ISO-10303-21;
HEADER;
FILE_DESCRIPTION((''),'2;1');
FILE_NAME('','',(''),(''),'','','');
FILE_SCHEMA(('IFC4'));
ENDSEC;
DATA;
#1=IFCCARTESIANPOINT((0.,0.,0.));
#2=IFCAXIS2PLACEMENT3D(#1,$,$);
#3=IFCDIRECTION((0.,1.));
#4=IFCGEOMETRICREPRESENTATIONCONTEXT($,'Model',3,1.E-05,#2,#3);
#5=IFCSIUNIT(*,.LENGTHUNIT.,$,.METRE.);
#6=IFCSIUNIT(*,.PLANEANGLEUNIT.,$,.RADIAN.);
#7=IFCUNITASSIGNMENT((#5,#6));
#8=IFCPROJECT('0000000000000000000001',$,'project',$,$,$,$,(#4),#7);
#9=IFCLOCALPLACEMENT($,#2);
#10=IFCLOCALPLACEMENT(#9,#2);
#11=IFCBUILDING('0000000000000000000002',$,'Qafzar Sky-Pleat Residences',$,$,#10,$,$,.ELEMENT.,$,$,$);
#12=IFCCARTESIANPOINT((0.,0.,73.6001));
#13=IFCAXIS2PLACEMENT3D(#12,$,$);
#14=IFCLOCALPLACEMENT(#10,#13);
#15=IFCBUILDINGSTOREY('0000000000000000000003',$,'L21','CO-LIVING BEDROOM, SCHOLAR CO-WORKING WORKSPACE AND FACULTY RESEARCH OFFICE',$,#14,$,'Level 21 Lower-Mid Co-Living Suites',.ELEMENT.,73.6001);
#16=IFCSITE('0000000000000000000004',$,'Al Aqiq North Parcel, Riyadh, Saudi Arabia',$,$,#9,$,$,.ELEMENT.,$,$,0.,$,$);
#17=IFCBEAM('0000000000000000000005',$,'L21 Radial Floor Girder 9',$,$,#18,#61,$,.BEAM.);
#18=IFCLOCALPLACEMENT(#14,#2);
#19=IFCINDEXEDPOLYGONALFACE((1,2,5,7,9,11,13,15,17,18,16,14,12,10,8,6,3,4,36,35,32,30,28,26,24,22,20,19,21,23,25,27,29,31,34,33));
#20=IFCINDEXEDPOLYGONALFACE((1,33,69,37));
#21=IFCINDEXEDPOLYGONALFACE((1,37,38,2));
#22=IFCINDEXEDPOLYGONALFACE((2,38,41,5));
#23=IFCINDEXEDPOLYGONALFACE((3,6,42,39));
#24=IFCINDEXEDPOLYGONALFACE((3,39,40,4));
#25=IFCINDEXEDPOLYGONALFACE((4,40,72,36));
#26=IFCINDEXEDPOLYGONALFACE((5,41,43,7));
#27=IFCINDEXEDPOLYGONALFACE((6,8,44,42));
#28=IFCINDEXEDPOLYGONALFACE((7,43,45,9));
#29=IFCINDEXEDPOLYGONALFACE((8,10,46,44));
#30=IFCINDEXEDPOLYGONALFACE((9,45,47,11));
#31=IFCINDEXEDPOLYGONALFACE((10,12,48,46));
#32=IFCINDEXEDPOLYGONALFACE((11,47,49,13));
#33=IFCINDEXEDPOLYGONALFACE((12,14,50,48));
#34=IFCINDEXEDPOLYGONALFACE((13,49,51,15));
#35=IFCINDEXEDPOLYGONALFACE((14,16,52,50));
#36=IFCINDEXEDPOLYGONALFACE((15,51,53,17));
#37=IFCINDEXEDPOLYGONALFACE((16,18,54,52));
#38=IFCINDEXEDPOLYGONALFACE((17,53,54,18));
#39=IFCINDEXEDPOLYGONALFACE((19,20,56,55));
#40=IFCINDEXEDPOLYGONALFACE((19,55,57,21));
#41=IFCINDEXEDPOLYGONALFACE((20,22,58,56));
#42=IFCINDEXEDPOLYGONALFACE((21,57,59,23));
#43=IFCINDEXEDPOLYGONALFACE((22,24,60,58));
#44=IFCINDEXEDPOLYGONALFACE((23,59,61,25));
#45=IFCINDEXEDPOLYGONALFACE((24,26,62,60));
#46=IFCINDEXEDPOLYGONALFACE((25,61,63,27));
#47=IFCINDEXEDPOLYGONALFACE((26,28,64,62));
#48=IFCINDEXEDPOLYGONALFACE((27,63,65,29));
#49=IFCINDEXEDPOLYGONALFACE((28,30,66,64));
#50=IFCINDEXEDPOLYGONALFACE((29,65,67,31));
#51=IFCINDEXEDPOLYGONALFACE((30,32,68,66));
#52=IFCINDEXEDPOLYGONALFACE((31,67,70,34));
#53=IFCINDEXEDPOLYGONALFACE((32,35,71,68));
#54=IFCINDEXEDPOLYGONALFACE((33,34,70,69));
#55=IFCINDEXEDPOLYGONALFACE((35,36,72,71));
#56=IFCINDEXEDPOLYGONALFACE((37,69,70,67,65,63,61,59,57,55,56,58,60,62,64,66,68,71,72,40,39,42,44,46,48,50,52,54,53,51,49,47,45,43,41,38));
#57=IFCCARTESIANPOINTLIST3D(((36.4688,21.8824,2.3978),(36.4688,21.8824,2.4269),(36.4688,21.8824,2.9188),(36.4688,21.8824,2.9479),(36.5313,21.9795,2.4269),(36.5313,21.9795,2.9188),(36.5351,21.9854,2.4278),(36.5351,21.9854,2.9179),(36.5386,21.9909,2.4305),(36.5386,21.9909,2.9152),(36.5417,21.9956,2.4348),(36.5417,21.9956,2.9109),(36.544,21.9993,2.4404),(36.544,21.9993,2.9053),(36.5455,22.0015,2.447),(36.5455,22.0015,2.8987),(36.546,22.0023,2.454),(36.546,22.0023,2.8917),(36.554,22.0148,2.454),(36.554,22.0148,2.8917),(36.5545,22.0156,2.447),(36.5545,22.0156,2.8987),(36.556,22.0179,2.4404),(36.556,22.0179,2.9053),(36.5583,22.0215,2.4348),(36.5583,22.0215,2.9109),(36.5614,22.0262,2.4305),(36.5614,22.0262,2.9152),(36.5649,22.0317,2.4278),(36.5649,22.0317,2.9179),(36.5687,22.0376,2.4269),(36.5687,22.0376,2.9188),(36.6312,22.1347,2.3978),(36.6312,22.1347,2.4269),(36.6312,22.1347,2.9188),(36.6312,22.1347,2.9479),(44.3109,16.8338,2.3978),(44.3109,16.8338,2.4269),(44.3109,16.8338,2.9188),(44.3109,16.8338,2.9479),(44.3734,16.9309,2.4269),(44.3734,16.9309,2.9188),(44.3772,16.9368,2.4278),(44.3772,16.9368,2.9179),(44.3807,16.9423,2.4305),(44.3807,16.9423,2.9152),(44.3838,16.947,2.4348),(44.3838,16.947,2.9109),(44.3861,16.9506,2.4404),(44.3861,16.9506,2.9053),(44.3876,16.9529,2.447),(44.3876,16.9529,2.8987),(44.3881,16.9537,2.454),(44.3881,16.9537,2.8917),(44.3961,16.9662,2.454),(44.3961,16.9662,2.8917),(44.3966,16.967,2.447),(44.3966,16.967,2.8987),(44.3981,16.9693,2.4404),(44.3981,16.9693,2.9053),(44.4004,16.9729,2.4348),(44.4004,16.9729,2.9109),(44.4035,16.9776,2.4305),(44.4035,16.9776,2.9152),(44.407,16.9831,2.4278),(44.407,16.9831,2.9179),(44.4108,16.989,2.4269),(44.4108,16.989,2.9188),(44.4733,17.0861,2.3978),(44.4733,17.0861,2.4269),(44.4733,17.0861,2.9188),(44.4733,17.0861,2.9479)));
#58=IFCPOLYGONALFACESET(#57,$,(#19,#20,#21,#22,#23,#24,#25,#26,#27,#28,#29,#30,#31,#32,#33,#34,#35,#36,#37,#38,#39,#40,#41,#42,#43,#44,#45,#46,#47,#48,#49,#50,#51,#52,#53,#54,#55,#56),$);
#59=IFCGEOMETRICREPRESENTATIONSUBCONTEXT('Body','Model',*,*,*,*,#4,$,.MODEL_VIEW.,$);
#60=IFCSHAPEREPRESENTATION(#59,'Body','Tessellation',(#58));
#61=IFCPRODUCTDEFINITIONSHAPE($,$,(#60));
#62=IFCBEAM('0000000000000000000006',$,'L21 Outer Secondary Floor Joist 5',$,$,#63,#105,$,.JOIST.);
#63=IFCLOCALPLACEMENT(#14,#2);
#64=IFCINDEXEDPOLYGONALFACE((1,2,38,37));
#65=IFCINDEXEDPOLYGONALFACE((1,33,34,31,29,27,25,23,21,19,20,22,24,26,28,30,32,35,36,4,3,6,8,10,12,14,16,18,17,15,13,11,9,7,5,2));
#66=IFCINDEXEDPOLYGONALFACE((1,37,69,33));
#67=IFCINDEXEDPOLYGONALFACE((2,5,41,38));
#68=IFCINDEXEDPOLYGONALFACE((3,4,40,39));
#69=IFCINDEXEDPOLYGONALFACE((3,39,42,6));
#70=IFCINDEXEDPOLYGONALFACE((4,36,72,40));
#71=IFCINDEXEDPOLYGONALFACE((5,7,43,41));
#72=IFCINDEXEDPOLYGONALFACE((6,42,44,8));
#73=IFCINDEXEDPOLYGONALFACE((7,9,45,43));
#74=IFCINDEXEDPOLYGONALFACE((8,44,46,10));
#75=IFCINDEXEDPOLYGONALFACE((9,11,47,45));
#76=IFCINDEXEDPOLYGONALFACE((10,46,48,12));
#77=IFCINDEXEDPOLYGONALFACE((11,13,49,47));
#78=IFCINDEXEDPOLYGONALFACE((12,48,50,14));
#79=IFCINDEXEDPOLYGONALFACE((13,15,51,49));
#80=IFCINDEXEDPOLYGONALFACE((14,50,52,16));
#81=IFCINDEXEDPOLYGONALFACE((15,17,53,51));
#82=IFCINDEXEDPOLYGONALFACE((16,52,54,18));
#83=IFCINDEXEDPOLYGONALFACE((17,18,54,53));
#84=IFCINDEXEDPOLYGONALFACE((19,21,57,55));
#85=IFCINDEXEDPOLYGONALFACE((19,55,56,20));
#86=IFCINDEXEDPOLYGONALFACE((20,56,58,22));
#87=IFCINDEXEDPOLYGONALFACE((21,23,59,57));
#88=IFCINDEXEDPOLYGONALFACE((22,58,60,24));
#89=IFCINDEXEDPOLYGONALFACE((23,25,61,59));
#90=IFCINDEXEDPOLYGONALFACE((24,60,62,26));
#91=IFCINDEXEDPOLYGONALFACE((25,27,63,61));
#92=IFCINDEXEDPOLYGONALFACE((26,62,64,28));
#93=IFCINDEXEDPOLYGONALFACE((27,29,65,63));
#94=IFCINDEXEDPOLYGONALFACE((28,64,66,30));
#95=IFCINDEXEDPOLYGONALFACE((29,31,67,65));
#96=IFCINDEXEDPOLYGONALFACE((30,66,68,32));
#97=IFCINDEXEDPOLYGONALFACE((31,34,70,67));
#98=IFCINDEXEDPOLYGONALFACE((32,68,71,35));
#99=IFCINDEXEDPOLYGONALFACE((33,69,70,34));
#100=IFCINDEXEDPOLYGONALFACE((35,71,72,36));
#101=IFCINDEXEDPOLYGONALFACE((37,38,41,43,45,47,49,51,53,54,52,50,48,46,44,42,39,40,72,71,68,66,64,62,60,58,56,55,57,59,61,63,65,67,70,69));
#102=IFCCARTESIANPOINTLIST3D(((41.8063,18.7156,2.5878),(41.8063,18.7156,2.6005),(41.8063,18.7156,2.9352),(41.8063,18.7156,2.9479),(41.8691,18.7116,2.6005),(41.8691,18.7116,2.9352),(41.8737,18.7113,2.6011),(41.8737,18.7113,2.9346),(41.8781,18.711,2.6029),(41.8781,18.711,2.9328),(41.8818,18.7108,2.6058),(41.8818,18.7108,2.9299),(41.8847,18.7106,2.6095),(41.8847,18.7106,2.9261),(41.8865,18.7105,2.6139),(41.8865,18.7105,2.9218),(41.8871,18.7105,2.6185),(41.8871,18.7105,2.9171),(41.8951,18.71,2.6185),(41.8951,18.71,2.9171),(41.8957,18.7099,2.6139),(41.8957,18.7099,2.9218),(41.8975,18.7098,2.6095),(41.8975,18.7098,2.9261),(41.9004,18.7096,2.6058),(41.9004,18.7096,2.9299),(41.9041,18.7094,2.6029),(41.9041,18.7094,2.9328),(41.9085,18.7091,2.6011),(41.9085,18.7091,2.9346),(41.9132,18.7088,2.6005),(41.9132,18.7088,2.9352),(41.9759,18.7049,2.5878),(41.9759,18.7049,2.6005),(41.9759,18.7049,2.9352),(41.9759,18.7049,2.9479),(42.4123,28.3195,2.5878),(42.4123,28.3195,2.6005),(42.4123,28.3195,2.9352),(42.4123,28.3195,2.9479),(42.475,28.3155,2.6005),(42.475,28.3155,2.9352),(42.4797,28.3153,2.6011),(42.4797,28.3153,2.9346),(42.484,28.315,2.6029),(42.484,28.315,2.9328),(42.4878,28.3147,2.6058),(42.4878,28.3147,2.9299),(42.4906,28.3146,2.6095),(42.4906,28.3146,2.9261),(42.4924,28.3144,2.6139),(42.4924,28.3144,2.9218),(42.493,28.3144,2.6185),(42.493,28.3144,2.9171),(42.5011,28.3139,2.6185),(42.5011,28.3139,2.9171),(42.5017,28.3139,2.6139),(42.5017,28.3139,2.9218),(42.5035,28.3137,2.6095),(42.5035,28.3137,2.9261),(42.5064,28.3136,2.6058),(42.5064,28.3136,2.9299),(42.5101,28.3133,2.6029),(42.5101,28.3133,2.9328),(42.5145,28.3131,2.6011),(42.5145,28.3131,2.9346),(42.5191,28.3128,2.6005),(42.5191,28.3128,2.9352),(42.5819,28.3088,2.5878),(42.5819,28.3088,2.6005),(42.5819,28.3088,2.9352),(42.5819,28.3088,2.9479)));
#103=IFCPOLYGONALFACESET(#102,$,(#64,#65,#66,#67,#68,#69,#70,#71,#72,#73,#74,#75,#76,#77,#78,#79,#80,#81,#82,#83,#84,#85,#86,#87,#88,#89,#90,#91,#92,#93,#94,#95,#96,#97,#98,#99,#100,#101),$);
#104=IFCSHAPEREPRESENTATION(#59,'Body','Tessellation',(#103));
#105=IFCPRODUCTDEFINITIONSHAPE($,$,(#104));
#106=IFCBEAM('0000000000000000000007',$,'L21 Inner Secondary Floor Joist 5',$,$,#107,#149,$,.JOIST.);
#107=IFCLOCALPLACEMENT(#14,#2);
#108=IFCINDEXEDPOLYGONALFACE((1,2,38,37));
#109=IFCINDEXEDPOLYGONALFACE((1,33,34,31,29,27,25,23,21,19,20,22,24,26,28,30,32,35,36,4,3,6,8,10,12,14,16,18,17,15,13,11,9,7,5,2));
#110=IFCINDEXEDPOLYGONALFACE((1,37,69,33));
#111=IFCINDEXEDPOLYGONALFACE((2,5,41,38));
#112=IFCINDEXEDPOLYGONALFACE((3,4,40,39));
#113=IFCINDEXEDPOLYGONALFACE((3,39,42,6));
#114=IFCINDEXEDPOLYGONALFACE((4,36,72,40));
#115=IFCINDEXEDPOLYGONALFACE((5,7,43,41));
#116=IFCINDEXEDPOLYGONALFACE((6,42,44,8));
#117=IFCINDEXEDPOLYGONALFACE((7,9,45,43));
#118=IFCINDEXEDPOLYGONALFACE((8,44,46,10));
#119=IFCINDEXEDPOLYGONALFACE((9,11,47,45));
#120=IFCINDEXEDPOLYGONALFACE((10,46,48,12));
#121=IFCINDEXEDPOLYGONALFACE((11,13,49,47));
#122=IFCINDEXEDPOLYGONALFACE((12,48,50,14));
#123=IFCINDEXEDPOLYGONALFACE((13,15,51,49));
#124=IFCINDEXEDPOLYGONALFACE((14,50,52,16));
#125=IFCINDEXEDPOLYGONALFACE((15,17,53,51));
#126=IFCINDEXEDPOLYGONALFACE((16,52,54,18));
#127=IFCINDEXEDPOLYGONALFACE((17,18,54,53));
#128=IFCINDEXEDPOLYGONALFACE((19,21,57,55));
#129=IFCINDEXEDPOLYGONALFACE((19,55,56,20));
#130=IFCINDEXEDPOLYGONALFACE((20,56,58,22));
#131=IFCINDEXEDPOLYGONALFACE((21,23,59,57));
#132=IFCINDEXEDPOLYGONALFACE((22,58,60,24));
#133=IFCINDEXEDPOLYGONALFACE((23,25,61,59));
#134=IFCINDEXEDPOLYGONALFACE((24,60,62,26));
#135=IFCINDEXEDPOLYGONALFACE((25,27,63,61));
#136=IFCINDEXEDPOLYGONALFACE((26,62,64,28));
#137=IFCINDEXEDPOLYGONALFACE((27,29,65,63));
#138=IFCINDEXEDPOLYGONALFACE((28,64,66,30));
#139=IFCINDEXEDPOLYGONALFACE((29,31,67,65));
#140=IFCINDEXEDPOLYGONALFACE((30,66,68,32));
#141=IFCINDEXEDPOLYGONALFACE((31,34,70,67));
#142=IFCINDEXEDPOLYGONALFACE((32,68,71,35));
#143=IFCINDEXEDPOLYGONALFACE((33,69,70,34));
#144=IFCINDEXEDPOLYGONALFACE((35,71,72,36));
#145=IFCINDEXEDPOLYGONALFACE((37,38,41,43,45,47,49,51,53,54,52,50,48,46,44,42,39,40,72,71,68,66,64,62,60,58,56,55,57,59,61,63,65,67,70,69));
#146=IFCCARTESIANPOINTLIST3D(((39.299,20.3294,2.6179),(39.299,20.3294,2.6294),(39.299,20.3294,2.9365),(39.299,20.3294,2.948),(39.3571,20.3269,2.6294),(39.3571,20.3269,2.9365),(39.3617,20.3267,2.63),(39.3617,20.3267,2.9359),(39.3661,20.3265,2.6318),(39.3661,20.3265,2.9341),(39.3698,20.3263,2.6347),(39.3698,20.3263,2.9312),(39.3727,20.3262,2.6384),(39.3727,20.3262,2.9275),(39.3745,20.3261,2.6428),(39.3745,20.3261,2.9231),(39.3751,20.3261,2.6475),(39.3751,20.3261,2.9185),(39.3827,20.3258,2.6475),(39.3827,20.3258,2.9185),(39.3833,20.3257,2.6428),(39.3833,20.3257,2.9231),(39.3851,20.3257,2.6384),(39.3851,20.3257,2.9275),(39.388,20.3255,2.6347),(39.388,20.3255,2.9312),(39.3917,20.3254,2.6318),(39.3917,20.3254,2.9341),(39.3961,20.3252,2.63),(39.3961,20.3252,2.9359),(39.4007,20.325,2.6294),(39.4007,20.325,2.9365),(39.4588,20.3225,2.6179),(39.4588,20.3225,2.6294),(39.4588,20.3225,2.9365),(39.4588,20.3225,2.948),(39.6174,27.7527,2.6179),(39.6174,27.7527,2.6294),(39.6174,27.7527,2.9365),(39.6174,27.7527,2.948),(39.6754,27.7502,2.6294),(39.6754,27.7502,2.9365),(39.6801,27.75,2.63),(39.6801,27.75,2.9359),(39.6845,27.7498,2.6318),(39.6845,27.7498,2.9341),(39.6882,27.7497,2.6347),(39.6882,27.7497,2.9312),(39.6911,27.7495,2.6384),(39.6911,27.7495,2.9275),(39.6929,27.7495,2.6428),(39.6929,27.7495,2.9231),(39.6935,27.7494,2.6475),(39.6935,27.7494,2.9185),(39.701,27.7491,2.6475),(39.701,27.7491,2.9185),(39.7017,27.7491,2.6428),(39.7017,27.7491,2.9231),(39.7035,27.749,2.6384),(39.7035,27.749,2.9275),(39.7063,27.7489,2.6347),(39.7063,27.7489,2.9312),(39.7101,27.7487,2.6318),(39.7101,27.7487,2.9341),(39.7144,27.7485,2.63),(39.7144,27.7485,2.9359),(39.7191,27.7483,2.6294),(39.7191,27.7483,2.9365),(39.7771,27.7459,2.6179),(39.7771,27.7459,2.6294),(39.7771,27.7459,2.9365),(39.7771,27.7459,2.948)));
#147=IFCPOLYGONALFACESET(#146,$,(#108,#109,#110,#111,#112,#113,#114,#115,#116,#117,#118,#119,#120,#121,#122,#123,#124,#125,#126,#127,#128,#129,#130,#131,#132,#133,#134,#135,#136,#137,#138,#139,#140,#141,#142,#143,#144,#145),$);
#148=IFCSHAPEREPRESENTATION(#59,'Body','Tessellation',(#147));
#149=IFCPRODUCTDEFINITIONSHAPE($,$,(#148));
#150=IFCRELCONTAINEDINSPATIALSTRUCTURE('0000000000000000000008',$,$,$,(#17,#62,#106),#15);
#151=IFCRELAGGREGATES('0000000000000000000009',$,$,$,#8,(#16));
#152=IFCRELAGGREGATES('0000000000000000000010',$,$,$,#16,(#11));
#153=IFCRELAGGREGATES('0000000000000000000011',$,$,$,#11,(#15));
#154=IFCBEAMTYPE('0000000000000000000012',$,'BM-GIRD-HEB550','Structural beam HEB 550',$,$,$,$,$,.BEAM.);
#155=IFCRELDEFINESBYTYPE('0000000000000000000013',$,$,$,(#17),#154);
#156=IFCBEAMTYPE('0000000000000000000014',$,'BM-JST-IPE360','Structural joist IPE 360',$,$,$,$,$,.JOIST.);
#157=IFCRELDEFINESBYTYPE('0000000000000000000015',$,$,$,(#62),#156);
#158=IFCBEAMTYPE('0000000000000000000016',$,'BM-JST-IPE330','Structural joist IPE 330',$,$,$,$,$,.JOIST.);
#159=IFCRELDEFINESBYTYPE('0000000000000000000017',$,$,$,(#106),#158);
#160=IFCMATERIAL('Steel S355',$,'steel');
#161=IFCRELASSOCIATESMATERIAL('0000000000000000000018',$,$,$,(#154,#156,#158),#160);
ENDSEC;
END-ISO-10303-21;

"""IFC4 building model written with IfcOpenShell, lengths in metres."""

from ifc_helpers import new_model, si_unit, direction, frame, origin, origin_2d, place, context, subcontext, project, spatial, i_section, extrude, source, transform, mapped, material, material_profile, profile_set, type_object, element, save


model = new_model("IFC4")

# Units and contexts
model_context = context("Model", 3, precision=1e-05, world=origin(), true_north=direction((0.0, 1.0)))
body_context = subcontext(model_context, "Body", "Model", "MODEL_VIEW")
ifc_project = project(units=[si_unit("LENGTHUNIT", "METRE"), si_unit("PLANEANGLEUNIT", "RADIAN")], contexts=[model_context])

# Site, building, storey
site_placement = place(None, origin())
site = spatial("IfcSite", under=ifc_project, at=site_placement, Name="Al Aqiq North Parcel, Riyadh, Saudi Arabia", CompositionType="ELEMENT", RefElevation=0.0)
building_placement = place(site_placement, origin())
building = spatial("IfcBuilding", under=site, at=building_placement, Name="Qafzar Sky-Pleat Residences", CompositionType="ELEMENT")
storey_placement = place(building_placement, frame((0.0, 0.0, 73.6001)))
storey = spatial("IfcBuildingStorey", under=building, at=storey_placement, Name="L21", Description="CO-LIVING BEDROOM, SCHOLAR CO-WORKING WORKSPACE AND FACULTY RESEARCH OFFICE", LongName="Level 21 Lower-Mid Co-Living Suites", CompositionType="ELEMENT", Elevation=73.6001)

# Beams
ifc_material_1 = material(Name="Steel S355", Category="steel")
ifc_material_profile_1 = material_profile(ifc_material_1, i_section(OverallWidth=0.3, OverallDepth=0.55, WebThickness=0.0149, FlangeThickness=0.0291, FilletRadius=0.0271, at=origin_2d()), Name="HEB 550")
ifc_profile_set_1 = profile_set([ifc_material_profile_1], Name="Steel S355")
beam_type_1 = type_object("IfcBeamType", Name="BM-GIRD-HEB550", Description="Structural beam HEB 550", PredefinedType="BEAM", material=ifc_profile_set_1)
shared_shape_1 = source(origin(), body_context, "Body", "SweptSolid", [
    extrude(i_section(OverallWidth=0.3, OverallDepth=0.55, WebThickness=0.0149, FlangeThickness=0.0291, FilletRadius=0.0271, at=origin_2d()), origin(), (0.0, 0.0, 1.0), 9.3267),
])
beam_1_placement = place(storey_placement, frame((44.3921, 16.96, 2.6729), z_axis=(-0.840824, 0.541309, 0.0), x_axis=(-0.541309, -0.840824, 0.0)))
element("IfcBeam", 1, at=beam_1_placement, inside=storey, type_object=beam_type_1, Name="L21 Radial Floor Girder 9", PredefinedType="BEAM", context=body_context, shape_type="MappedRepresentation", body=[
    mapped(shared_shape_1, transform((0.0, 0.0, 0.0), x_axis=(1.0, 0.0, 0.0), y_axis=(0.0, 1.0, 0.0), z_axis=(0.0, 0.0, 1.0), scale=1.0)),
])
ifc_material_profile_2 = material_profile(ifc_material_1, i_section(OverallWidth=0.1699, OverallDepth=0.3601, WebThickness=0.0081, FlangeThickness=0.0127, FilletRadius=0.0181, at=origin_2d()), Name="IPE 360")
ifc_profile_set_2 = profile_set([ifc_material_profile_2], Name="Steel S355")
beam_type_2 = type_object("IfcBeamType", Name="BM-JST-IPE360", Description="Structural joist IPE 360", PredefinedType="JOIST", material=ifc_profile_set_2)
shared_shape_2 = source(origin(), body_context, "Body", "SweptSolid", [
    extrude(i_section(OverallWidth=0.1699, OverallDepth=0.3601, WebThickness=0.0081, FlangeThickness=0.0127, FilletRadius=0.0181, at=origin_2d()), origin(), (0.0, 0.0, 1.0), 9.623),
])
beam_2_placement = place(storey_placement, frame((41.8911, 18.7102, 2.7678), z_axis=(0.062969, 0.998015, 0.0), x_axis=(-0.998015, 0.062969, 0.0)))
element("IfcBeam", 2, at=beam_2_placement, inside=storey, type_object=beam_type_2, Name="L21 Outer Secondary Floor Joist 5", PredefinedType="JOIST", context=body_context, shape_type="MappedRepresentation", body=[
    mapped(shared_shape_2, transform((0.0, 0.0, 0.0), x_axis=(1.0, 0.0, 0.0), y_axis=(0.0, 1.0, 0.0), z_axis=(0.0, 0.0, 1.0), scale=1.0)),
])
ifc_material_profile_3 = material_profile(ifc_material_1, i_section(OverallWidth=0.1599, OverallDepth=0.3301, WebThickness=0.0076, FlangeThickness=0.0115, FilletRadius=0.0181, at=origin_2d()), Name="IPE 330")
ifc_profile_set_3 = profile_set([ifc_material_profile_3], Name="Steel S355")
beam_type_3 = type_object("IfcBeamType", Name="BM-JST-IPE330", Description="Structural joist IPE 330", PredefinedType="JOIST", material=ifc_profile_set_3)
shared_shape_3 = source(origin(), body_context, "Body", "SweptSolid", [
    extrude(i_section(OverallWidth=0.1599, OverallDepth=0.3301, WebThickness=0.0076, FlangeThickness=0.0115, FilletRadius=0.0181, at=origin_2d()), origin(), (0.0, 0.0, 1.0), 7.4302),
])
beam_3_placement = place(storey_placement, frame((39.3789, 20.3259, 2.783), z_axis=(0.042847, 0.999082, 0.0), x_axis=(-0.999082, 0.042847, 0.0)))
element("IfcBeam", 3, at=beam_3_placement, inside=storey, type_object=beam_type_3, Name="L21 Inner Secondary Floor Joist 5", PredefinedType="JOIST", context=body_context, shape_type="MappedRepresentation", body=[
    mapped(shared_shape_3, transform((0.0, 0.0, 0.0), x_axis=(1.0, 0.0, 0.0), y_axis=(0.0, 1.0, 0.0), z_axis=(0.0, 0.0, 1.0), scale=1.0)),
])

save(model, "model.ifc")
